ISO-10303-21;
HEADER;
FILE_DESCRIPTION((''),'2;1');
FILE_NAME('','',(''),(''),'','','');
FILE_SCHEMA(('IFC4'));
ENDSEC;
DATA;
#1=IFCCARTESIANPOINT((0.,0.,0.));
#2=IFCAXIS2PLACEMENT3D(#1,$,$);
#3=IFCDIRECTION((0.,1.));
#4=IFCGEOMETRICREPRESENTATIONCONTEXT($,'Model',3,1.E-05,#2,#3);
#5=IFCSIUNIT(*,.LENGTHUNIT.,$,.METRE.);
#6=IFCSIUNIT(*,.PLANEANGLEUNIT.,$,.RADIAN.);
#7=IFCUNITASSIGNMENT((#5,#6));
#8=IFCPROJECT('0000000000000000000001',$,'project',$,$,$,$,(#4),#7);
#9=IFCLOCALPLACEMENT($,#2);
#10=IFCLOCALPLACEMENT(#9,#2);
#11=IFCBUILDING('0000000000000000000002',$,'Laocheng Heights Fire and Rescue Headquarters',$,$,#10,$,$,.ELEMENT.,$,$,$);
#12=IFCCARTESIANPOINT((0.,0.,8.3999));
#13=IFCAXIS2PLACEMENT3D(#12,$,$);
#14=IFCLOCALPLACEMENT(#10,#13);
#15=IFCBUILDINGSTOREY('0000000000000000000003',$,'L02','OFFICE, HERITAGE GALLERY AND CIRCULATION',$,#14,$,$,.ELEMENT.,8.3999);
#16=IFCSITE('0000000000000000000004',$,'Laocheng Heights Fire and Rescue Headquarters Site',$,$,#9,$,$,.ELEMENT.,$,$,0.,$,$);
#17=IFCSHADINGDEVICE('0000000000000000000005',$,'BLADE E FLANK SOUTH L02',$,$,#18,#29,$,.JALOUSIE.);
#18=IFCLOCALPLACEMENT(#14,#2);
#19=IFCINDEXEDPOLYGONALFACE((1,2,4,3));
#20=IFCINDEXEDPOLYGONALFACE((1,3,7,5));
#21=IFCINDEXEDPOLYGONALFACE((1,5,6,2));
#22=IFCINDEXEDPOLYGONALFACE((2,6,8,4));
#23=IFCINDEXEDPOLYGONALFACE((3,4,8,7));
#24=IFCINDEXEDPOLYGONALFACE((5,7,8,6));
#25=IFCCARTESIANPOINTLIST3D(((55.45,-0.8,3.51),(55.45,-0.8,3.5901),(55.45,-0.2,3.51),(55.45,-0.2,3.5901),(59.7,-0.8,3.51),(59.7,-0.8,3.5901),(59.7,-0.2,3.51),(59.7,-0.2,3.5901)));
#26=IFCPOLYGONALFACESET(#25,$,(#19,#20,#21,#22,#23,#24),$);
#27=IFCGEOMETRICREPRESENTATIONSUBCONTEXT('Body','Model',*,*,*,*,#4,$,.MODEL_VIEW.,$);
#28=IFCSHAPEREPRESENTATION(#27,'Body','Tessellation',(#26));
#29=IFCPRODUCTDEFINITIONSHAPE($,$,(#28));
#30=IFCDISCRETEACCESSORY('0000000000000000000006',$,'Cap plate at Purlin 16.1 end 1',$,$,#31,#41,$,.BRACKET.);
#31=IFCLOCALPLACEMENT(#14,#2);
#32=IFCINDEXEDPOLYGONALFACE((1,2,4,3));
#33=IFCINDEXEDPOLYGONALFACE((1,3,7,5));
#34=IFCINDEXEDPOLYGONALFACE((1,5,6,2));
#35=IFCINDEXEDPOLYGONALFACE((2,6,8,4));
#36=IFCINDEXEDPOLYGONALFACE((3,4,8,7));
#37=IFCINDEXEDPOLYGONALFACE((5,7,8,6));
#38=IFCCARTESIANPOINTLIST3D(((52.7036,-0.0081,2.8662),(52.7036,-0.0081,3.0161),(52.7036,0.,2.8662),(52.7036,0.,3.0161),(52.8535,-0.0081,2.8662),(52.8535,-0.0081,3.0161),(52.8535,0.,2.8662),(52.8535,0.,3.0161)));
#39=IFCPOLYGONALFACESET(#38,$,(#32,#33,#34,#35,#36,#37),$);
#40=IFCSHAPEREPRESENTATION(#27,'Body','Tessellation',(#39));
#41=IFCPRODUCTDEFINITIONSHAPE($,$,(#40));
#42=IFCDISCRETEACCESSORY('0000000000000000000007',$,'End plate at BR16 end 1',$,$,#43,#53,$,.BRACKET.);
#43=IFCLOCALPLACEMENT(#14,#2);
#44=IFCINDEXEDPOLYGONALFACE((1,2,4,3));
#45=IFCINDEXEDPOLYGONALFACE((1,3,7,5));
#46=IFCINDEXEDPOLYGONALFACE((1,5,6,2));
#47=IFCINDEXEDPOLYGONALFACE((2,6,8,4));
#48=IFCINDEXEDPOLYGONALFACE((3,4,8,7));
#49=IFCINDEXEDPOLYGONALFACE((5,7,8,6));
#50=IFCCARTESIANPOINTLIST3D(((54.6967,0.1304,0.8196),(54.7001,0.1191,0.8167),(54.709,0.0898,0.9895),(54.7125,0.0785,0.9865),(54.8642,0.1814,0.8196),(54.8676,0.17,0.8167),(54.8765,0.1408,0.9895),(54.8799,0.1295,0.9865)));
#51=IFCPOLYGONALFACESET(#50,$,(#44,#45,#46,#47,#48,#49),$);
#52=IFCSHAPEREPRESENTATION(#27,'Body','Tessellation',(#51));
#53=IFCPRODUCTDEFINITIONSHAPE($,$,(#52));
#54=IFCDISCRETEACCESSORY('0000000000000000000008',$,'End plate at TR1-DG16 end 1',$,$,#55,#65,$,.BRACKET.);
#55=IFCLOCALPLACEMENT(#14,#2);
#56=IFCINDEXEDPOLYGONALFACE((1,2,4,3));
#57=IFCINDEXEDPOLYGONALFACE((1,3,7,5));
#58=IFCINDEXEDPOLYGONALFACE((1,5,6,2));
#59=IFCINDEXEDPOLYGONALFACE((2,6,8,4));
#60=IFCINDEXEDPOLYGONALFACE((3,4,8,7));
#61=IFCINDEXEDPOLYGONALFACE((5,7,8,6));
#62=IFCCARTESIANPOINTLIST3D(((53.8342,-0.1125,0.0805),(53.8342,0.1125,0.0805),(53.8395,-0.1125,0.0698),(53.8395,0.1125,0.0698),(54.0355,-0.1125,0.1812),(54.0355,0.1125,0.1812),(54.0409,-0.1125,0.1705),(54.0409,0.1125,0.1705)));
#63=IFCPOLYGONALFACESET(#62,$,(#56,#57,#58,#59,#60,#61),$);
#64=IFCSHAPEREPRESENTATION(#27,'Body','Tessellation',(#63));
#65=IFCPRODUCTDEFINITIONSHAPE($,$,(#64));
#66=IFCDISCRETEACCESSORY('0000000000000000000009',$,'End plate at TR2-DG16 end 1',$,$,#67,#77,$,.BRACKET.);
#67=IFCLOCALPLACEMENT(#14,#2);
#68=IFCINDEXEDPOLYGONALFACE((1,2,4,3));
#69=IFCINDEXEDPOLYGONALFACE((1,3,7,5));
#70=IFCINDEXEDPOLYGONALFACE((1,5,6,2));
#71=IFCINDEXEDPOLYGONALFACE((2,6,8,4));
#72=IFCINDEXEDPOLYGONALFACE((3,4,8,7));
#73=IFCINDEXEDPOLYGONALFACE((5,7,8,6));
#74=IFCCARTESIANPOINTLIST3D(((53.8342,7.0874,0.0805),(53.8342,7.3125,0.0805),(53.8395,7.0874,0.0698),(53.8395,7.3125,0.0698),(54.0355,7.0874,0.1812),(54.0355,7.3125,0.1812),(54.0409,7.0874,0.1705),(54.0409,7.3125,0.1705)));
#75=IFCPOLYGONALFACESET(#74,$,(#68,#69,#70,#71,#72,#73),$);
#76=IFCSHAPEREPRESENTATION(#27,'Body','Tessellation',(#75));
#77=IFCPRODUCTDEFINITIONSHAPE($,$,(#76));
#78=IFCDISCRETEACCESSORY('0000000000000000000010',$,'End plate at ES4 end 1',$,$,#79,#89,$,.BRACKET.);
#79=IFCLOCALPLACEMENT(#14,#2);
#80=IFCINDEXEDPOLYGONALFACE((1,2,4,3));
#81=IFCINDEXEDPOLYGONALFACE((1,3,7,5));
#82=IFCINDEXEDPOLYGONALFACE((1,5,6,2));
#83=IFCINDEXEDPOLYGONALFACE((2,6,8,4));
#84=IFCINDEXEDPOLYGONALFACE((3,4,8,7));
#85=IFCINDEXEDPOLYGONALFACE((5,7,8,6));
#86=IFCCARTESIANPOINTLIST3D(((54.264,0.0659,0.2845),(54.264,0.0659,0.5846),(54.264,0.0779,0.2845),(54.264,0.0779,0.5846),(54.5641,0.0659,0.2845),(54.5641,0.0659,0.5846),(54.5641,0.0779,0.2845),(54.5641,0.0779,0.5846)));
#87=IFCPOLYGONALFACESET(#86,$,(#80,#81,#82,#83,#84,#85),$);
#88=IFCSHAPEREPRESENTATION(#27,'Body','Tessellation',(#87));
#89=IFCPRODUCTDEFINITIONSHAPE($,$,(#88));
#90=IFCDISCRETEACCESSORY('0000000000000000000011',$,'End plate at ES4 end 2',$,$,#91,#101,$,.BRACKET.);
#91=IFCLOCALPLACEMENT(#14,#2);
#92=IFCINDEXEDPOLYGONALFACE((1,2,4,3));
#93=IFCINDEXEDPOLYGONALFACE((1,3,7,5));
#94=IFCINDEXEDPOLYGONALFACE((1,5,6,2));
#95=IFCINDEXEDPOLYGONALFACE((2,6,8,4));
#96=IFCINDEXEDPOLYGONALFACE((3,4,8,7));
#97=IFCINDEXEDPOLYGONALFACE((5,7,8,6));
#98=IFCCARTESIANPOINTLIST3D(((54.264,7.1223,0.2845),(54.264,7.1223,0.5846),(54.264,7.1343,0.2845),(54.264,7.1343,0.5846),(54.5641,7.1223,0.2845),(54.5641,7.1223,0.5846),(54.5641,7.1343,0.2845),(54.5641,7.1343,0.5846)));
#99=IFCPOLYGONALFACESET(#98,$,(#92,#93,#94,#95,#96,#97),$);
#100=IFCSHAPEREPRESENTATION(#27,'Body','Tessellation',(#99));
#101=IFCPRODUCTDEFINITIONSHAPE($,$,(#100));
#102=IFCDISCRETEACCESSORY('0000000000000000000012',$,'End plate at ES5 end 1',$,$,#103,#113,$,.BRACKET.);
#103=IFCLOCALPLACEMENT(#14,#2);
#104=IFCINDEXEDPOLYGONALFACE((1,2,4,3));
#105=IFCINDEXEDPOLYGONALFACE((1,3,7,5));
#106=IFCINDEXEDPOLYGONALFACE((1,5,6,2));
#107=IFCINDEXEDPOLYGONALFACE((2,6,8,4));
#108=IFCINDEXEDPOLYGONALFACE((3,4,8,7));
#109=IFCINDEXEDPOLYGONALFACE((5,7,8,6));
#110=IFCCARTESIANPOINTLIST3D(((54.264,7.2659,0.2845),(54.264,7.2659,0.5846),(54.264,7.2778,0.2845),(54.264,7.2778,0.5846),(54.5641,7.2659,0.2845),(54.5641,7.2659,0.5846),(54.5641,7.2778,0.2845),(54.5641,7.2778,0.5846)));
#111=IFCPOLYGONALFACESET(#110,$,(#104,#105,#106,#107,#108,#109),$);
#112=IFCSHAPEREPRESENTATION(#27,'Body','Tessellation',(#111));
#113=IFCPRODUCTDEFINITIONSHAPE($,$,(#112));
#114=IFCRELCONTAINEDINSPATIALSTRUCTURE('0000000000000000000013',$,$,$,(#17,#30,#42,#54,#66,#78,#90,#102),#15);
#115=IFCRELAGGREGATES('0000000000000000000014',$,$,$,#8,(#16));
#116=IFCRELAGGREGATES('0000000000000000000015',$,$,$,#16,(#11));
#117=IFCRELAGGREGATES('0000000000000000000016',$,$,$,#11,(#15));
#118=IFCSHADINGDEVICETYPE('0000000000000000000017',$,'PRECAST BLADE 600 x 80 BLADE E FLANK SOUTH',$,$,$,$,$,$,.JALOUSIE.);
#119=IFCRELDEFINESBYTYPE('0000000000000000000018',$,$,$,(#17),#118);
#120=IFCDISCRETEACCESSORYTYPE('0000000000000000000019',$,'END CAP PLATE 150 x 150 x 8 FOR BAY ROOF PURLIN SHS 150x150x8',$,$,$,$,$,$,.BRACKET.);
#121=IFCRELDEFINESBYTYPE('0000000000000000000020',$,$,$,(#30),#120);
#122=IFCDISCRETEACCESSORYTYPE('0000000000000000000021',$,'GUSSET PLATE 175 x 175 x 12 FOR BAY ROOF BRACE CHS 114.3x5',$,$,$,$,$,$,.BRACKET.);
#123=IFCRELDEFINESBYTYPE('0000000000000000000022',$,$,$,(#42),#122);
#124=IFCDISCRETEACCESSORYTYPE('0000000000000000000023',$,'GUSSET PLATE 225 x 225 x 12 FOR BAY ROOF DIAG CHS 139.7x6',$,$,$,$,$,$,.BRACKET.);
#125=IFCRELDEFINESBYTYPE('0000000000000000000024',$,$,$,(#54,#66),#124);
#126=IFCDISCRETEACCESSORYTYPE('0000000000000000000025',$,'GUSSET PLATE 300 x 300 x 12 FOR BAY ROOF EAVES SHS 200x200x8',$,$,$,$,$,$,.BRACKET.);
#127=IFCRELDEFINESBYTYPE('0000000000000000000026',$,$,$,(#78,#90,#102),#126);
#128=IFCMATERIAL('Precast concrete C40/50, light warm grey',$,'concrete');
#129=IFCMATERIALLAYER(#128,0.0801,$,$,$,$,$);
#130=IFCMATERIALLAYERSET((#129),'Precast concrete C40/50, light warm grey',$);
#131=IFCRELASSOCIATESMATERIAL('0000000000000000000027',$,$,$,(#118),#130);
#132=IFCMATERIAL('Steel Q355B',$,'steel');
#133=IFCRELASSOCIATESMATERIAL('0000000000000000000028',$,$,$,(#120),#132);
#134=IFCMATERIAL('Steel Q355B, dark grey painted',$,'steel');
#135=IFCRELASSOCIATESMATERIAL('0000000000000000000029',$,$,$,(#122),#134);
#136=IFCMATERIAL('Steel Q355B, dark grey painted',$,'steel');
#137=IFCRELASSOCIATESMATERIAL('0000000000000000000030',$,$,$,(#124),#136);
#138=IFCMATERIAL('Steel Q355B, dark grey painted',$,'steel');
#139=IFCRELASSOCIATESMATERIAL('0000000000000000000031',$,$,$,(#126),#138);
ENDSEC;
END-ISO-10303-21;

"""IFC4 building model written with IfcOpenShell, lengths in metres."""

from ifc_helpers import new_model, si_unit, direction, frame, origin, origin_2d, place, context, subcontext, project, spatial, rectangle, extrude, material, layer, layer_set, material_profile, profile_set, type_object, element, save


model = new_model("IFC4")

# Units and contexts
model_context = context("Model", 3, precision=1e-05, world=origin(), true_north=direction((0.0, 1.0)))
body_context = subcontext(model_context, "Body", "Model", "MODEL_VIEW")
ifc_project = project(units=[si_unit("LENGTHUNIT", "METRE"), si_unit("PLANEANGLEUNIT", "RADIAN")], contexts=[model_context])

# Site, building, storey
site_placement = place(None, origin())
site = spatial("IfcSite", under=ifc_project, at=site_placement, Name="Laocheng Heights Fire and Rescue Headquarters Site", CompositionType="ELEMENT", RefElevation=0.0)
building_placement = place(site_placement, origin())
building = spatial("IfcBuilding", under=site, at=building_placement, Name="Laocheng Heights Fire and Rescue Headquarters", CompositionType="ELEMENT")
storey_placement = place(building_placement, frame((0.0, 0.0, 8.3999)))
storey = spatial("IfcBuildingStorey", under=building, at=storey_placement, Name="L02", Description="OFFICE, HERITAGE GALLERY AND CIRCULATION", CompositionType="ELEMENT", Elevation=8.3999)

# Shading device
ifc_material_1 = material(Name="Precast concrete C40/50, light warm grey", Category="concrete")
ifc_layer_1 = layer(ifc_material_1, 0.0801)
ifc_layer_set_1 = layer_set([ifc_layer_1], Name="Precast concrete C40/50, light warm grey")
shading_device_type = type_object("IfcShadingDeviceType", Name="PRECAST BLADE 600 x 80 BLADE E FLANK SOUTH", PredefinedType="JALOUSIE", material=ifc_layer_set_1)
shading_device_placement = place(storey_placement, frame((57.575, -0.5, 3.51), z_axis=(0.0, 0.0, 1.0), x_axis=(1.0, 0.0, 0.0)))
element("IfcShadingDevice", 1, at=shading_device_placement, inside=storey, type_object=shading_device_type, Name="BLADE E FLANK SOUTH L02", PredefinedType="JALOUSIE", context=body_context, shape_type="SweptSolid", body=[
    extrude(rectangle(XDim=4.25, YDim=0.6001, at=origin_2d()), origin(), (0.0, 0.0, 1.0), 0.0801),
])

# Discrete accessories
ifc_material_2 = material(Name="Steel Q355B", Category="steel")
ifc_material_profile_1 = material_profile(ifc_material_2, rectangle(XDim=0.1499, YDim=0.1499, at=origin_2d()), Name="END CAP PLATE 150 x 150 x 8 FOR BAY ROOF PURLIN SHS 150x150x8")
ifc_profile_set_1 = profile_set([ifc_material_profile_1], Name="Steel Q355B")
discrete_accessory_type_1 = type_object("IfcDiscreteAccessoryType", Name="END CAP PLATE 150 x 150 x 8 FOR BAY ROOF PURLIN SHS 150x150x8", PredefinedType="BRACKET", material=ifc_profile_set_1)
discrete_accessory_1_placement = place(storey_placement, frame((52.7786, -0.0081, 2.9412), z_axis=(0.0, 1.0, 0.0), x_axis=(-1.0, 0.0, 0.0)))
element("IfcDiscreteAccessory", 2, at=discrete_accessory_1_placement, inside=storey, type_object=discrete_accessory_type_1, Name="Cap plate at Purlin 16.1 end 1", PredefinedType="BRACKET", context=body_context, shape_type="SweptSolid", body=[
    extrude(rectangle(XDim=0.1499, YDim=0.1499, at=origin_2d()), origin(), (0.0, 0.0, 1.0), 0.0081),
])
ifc_material_3 = material(Name="Steel Q355B, dark grey painted", Category="steel")
ifc_material_profile_2 = material_profile(ifc_material_3, rectangle(XDim=0.175, YDim=0.175, at=origin_2d()), Name="GUSSET PLATE 175 x 175 x 12 FOR BAY ROOF BRACE CHS 114.3x5")
ifc_profile_set_2 = profile_set([ifc_material_profile_2], Name="Steel Q355B, dark grey painted")
discrete_accessory_type_2 = type_object("IfcDiscreteAccessoryType", Name="GUSSET PLATE 175 x 175 x 12 FOR BAY ROOF BRACE CHS 114.3x5", PredefinedType="BRACKET", material=ifc_profile_set_2)
discrete_accessory_2_placement = place(storey_placement, frame((54.79, 0.1243, 0.9016), z_axis=(-0.282497, 0.928204, 0.24214), x_axis=(-0.956674, -0.291162, 0.0)))
element("IfcDiscreteAccessory", 3, at=discrete_accessory_2_placement, inside=storey, type_object=discrete_accessory_type_2, Name="End plate at BR16 end 1", PredefinedType="BRACKET", context=body_context, shape_type="SweptSolid", body=[
    extrude(rectangle(XDim=0.175, YDim=0.175, at=origin_2d()), origin(), (0.0, 0.0, 1.0), 0.0122),
])
ifc_material_4 = material(Name="Steel Q355B, dark grey painted", Category="steel")
ifc_material_profile_3 = material_profile(ifc_material_4, rectangle(XDim=0.2251, YDim=0.2251, at=origin_2d()), Name="GUSSET PLATE 225 x 225 x 12 FOR BAY ROOF DIAG CHS 139.7x6")
ifc_profile_set_3 = profile_set([ifc_material_profile_3], Name="Steel Q355B, dark grey painted")
discrete_accessory_type_3 = type_object("IfcDiscreteAccessoryType", Name="GUSSET PLATE 225 x 225 x 12 FOR BAY ROOF DIAG CHS 139.7x6", PredefinedType="BRACKET", material=ifc_profile_set_3)
for number, where, z_axis, x_axis, name in (
    (4, (53.9402, 0.0, 0.1201), (-0.447214, 0.0, 0.894427), (0.0, -1.0, 0.0), "End plate at TR1-DG16 end 1"),
    (5, (53.9402, 7.2, 0.1201), (-0.447214, 0.0, 0.894427), (0.0, -1.0, 0.0), "End plate at TR2-DG16 end 1"),
):
    element("IfcDiscreteAccessory", number, at=place(storey_placement, frame(where, z_axis=z_axis, x_axis=x_axis)), inside=storey, type_object=discrete_accessory_type_3, Name=name, PredefinedType="BRACKET", context=body_context, shape_type="SweptSolid", body=[
        extrude(rectangle(XDim=0.2251, YDim=0.2251, at=origin_2d()), origin(), (0.0, 0.0, 1.0), 0.012),
    ])
ifc_material_5 = material(Name="Steel Q355B, dark grey painted", Category="steel")
ifc_material_profile_4 = material_profile(ifc_material_5, rectangle(XDim=0.3, YDim=0.3, at=origin_2d()), Name="GUSSET PLATE 300 x 300 x 12 FOR BAY ROOF EAVES SHS 200x200x8")
ifc_profile_set_4 = profile_set([ifc_material_profile_4], Name="Steel Q355B, dark grey painted")
discrete_accessory_type_4 = type_object("IfcDiscreteAccessoryType", Name="GUSSET PLATE 300 x 300 x 12 FOR BAY ROOF EAVES SHS 200x200x8", PredefinedType="BRACKET", material=ifc_profile_set_4)
for number, where, z_axis, x_axis, name in (
    (6, (54.4141, 0.0659, 0.4346), (0.0, 1.0, 0.0), (-1.0, 0.0, 0.0), "End plate at ES4 end 1"),
    (7, (54.4141, 7.1223, 0.4346), (0.0, 1.0, 0.0), (-1.0, 0.0, 0.0), "End plate at ES4 end 2"),
    (8, (54.4141, 7.2659, 0.4346), (0.0, 1.0, 0.0), (-1.0, 0.0, 0.0), "End plate at ES5 end 1"),
):
    element("IfcDiscreteAccessory", number, at=place(storey_placement, frame(where, z_axis=z_axis, x_axis=x_axis)), inside=storey, type_object=discrete_accessory_type_4, Name=name, PredefinedType="BRACKET", context=body_context, shape_type="SweptSolid", body=[
        extrude(rectangle(XDim=0.3, YDim=0.3, at=origin_2d()), origin(), (0.0, 0.0, 1.0), 0.012),
    ])

save(model, "model.ifc")
